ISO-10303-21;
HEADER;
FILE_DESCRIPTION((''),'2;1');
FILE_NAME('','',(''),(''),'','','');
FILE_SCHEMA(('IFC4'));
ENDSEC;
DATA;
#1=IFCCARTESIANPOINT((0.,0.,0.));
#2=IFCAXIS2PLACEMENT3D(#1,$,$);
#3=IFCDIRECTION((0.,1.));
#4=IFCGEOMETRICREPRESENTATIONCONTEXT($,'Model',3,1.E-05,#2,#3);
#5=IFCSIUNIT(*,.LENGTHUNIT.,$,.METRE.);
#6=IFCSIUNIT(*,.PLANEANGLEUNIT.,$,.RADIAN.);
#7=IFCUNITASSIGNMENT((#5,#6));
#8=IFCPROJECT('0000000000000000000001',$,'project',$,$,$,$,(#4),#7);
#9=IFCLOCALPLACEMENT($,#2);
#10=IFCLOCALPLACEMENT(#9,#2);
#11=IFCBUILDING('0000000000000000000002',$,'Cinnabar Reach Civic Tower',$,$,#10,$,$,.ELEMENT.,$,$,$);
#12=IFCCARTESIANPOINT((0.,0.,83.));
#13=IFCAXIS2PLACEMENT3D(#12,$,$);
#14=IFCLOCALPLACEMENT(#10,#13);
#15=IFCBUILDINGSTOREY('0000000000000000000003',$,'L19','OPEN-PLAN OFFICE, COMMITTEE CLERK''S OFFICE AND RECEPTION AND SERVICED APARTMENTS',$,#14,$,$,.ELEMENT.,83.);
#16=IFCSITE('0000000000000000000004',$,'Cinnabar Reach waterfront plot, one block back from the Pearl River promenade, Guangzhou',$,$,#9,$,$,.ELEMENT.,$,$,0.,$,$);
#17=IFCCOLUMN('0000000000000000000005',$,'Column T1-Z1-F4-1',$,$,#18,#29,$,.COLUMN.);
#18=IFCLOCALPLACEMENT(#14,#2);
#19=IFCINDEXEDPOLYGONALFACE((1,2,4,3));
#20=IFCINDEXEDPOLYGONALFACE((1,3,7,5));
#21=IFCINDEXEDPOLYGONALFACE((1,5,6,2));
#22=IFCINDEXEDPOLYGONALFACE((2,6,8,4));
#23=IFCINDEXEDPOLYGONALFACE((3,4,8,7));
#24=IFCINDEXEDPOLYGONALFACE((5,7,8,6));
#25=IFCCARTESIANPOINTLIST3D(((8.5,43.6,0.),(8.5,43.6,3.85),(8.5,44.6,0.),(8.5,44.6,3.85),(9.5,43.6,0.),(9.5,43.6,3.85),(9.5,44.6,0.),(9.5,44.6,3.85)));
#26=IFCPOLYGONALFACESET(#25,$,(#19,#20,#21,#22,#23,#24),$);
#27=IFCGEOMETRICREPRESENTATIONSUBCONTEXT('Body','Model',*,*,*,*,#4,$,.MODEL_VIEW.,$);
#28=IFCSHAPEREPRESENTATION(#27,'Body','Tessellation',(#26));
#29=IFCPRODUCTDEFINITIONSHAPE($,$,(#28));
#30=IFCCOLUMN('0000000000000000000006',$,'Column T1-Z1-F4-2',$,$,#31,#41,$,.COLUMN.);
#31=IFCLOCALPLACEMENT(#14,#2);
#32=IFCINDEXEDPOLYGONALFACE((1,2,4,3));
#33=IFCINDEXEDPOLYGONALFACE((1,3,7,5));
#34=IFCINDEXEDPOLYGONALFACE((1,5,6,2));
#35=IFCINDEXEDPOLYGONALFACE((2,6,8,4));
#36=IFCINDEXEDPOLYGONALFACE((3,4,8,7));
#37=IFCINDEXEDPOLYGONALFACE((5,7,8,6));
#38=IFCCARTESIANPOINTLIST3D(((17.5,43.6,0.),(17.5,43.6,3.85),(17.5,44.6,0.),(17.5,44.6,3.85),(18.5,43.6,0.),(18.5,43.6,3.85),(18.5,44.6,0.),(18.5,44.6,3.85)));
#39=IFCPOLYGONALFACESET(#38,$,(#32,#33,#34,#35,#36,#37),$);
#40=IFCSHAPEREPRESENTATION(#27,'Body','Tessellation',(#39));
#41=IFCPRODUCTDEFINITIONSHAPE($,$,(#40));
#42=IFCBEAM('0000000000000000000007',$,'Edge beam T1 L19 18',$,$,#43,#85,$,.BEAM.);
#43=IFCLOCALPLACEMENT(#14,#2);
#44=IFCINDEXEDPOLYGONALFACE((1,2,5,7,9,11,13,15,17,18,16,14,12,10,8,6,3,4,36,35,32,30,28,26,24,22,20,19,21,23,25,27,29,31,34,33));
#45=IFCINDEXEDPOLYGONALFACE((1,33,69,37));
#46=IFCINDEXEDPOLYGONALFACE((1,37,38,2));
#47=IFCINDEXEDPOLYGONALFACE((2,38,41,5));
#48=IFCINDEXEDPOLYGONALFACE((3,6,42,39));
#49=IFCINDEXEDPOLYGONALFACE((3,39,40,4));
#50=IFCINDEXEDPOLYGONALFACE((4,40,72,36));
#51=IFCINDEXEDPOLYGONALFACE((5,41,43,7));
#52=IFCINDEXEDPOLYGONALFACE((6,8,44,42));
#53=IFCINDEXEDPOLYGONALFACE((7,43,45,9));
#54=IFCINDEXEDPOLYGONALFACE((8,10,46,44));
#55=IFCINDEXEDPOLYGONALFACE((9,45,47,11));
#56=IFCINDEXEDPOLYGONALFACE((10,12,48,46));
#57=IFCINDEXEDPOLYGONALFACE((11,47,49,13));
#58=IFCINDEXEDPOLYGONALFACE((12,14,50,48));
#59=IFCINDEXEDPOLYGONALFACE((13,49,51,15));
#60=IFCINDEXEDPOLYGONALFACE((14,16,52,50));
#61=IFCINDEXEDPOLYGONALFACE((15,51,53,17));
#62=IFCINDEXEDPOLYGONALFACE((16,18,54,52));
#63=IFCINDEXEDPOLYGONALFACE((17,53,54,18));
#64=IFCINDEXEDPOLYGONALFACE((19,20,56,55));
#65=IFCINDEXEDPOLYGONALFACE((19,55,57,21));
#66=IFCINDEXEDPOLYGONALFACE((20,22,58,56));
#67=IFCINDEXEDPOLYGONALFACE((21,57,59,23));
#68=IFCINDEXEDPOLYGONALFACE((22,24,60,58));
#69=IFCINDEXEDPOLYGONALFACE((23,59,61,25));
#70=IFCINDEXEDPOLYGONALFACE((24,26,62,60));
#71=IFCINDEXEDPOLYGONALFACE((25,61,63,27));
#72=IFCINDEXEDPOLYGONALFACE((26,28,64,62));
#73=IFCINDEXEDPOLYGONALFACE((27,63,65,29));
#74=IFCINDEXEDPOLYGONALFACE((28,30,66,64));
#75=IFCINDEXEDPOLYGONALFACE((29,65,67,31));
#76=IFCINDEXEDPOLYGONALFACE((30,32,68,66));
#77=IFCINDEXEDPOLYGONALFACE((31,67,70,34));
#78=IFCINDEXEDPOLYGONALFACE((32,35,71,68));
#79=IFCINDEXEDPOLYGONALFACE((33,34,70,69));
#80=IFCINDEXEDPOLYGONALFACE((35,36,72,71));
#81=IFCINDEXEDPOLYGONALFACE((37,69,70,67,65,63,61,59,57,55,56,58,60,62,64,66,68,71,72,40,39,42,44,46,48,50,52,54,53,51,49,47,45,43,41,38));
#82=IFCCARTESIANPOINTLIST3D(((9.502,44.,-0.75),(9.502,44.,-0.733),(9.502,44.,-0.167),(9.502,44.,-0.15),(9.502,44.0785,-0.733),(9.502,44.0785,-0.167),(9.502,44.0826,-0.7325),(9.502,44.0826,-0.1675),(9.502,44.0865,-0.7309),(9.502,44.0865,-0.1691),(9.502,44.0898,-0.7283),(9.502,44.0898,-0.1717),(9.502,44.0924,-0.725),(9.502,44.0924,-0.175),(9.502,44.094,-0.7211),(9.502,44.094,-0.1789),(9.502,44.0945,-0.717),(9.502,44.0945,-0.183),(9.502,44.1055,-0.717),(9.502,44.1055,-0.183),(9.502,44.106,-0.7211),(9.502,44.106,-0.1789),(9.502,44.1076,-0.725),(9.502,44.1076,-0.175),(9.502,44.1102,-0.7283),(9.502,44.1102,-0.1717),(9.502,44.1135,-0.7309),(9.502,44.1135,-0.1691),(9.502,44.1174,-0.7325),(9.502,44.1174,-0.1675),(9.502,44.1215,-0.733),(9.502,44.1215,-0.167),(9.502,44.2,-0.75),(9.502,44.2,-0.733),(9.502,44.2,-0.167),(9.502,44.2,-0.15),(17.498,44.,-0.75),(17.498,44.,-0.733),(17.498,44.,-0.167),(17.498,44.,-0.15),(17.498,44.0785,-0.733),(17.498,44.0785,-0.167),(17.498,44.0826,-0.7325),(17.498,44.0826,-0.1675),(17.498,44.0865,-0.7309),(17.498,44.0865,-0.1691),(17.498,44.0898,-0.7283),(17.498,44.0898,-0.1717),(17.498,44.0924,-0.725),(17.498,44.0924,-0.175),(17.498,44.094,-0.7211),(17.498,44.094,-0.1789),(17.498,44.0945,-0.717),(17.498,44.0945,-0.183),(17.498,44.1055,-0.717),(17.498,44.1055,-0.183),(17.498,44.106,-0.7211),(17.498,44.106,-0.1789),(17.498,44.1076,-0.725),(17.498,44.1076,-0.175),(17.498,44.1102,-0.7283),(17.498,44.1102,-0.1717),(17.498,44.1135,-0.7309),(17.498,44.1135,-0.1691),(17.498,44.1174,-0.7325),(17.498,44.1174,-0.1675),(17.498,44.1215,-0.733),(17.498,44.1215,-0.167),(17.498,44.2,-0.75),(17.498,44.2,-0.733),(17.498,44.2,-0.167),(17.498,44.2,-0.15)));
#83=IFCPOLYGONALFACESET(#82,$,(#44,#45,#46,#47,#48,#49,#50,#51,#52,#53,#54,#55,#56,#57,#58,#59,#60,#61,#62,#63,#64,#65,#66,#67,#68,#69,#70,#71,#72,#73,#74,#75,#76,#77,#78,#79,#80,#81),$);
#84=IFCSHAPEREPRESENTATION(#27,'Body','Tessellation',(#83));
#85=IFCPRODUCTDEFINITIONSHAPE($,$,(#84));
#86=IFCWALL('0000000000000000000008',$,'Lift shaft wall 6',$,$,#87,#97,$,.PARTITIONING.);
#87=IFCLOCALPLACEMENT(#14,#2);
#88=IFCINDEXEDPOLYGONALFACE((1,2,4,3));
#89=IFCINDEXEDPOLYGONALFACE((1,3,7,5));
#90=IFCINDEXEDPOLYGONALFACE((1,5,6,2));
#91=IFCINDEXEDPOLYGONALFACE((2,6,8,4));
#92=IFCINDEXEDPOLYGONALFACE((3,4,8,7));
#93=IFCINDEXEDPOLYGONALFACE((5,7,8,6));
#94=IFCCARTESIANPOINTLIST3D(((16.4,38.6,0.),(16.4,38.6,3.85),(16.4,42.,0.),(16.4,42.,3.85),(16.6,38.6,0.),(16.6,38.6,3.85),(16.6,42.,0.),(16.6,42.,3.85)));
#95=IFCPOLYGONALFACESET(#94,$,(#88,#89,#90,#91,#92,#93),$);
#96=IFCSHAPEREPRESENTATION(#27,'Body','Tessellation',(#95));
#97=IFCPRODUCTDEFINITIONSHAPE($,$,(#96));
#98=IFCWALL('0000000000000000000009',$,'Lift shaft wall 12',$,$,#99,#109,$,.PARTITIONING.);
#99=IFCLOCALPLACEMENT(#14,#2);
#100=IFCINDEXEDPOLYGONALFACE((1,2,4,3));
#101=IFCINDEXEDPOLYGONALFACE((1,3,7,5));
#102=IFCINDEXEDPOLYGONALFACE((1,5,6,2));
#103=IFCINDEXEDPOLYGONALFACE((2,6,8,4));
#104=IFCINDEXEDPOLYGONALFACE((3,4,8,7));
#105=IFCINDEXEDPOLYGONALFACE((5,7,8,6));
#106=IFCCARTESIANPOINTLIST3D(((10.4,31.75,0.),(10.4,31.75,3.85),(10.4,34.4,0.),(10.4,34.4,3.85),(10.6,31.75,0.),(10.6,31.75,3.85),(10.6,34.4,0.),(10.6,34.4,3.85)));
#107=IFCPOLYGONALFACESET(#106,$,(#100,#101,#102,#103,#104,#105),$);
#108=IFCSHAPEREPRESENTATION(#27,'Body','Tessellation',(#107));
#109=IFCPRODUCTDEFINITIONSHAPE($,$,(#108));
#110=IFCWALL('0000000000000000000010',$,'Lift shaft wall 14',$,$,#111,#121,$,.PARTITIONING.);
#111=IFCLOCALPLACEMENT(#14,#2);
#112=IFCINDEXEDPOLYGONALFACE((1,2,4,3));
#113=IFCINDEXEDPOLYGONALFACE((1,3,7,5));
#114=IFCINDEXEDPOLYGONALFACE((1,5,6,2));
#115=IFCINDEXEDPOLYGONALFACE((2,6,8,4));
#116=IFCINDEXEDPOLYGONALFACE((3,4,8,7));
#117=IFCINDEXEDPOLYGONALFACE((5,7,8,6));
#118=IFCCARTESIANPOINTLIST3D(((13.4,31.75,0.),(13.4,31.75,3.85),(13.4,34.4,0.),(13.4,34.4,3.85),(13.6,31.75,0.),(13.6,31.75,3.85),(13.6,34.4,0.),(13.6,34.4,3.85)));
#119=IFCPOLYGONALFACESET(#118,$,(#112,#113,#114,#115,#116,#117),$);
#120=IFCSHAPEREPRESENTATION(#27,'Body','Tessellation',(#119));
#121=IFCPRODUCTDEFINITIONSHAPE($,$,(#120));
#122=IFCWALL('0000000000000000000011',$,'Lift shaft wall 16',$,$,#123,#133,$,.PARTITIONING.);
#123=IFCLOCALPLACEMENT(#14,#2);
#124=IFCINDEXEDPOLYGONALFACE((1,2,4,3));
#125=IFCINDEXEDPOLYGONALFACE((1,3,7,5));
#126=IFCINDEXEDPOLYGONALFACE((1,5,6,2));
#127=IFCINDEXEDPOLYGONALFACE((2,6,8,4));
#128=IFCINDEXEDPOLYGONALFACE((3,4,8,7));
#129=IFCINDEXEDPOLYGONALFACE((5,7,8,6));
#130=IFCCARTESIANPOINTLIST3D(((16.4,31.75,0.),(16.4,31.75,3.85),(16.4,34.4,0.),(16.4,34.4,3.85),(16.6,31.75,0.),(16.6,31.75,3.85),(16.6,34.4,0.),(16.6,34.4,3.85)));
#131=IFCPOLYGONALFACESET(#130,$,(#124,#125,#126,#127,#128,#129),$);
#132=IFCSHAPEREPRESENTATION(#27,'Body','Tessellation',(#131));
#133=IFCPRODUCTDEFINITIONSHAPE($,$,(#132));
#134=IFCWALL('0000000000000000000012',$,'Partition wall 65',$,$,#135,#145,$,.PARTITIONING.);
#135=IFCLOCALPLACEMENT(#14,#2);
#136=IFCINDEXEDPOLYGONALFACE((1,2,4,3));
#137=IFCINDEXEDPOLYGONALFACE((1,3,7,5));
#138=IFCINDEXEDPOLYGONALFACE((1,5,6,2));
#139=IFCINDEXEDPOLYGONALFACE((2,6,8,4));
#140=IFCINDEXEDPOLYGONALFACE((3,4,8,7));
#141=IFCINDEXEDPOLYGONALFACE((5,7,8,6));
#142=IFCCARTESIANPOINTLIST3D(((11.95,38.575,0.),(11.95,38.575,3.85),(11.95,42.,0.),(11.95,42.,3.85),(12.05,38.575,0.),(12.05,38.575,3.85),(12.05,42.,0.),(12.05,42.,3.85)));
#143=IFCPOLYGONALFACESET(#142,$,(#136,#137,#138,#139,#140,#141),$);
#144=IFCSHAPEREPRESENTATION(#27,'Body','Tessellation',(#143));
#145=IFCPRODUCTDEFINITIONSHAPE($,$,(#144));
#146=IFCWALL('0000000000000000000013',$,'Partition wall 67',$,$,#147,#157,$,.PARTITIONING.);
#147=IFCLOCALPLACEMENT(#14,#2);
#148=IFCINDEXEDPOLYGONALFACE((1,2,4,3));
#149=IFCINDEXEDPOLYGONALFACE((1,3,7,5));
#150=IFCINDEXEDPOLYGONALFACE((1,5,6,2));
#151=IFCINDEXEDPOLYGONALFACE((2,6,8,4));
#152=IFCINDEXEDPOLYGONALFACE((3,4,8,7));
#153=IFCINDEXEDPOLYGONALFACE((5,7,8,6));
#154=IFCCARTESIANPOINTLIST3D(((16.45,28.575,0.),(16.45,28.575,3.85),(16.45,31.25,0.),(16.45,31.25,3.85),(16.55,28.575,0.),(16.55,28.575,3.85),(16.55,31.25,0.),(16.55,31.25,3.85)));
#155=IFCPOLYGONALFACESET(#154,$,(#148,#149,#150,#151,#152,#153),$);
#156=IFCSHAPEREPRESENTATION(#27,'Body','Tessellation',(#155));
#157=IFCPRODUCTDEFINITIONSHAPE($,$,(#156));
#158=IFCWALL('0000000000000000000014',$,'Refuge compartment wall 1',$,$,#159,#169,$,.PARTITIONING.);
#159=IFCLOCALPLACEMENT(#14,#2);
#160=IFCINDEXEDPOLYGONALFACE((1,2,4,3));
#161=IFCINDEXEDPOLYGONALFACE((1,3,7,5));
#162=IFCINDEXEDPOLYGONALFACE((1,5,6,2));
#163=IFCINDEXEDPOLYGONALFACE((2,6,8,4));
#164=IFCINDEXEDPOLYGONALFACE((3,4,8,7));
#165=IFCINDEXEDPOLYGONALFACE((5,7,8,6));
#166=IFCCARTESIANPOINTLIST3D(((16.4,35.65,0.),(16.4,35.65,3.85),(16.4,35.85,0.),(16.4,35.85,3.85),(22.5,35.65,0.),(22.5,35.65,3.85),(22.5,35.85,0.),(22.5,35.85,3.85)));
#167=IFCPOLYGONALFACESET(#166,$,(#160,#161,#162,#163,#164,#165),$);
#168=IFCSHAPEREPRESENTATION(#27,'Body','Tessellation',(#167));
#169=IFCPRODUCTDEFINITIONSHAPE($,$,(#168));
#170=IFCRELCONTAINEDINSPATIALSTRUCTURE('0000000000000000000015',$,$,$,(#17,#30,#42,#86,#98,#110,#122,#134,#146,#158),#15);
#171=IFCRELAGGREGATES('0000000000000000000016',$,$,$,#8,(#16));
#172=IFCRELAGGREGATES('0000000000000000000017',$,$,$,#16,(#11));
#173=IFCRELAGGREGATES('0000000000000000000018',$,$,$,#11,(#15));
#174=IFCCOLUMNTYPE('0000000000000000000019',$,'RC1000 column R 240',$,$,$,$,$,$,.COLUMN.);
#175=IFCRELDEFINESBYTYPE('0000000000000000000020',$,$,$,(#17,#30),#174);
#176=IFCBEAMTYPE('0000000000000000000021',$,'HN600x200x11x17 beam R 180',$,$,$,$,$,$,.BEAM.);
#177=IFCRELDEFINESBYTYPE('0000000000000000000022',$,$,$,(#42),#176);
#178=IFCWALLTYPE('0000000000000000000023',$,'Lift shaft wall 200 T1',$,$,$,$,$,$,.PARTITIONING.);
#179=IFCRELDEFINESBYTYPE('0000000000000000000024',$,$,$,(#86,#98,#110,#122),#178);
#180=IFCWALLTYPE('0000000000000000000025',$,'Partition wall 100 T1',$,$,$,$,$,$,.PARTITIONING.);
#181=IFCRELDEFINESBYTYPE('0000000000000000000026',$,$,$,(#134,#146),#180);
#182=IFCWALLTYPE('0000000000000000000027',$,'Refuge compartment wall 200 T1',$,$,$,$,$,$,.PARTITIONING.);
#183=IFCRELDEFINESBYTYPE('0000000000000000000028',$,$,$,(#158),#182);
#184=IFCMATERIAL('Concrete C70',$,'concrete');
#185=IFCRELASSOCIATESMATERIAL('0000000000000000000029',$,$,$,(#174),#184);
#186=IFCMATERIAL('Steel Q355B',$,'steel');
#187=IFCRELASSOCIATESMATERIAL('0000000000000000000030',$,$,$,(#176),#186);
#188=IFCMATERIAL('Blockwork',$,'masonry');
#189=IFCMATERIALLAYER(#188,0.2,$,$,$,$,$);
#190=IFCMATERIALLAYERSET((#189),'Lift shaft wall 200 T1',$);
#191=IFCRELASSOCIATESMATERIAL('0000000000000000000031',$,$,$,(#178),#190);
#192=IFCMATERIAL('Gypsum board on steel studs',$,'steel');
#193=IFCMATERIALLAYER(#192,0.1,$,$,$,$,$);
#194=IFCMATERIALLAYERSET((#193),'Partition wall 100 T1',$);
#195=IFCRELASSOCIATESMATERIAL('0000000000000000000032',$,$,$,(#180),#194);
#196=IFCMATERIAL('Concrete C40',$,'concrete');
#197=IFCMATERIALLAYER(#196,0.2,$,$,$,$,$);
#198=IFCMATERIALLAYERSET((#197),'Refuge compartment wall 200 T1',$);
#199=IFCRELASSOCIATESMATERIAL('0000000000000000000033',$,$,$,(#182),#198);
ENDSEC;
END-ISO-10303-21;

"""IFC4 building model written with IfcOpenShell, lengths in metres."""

from ifc_helpers import new_model, si_unit, direction, frame, frame_2d, origin, origin_2d, place, context, subcontext, project, spatial, rectangle, i_section, extrude, material, layer, layer_set, material_profile, profile_set, type_object, element, save


model = new_model("IFC4")

# Units and contexts
model_context = context("Model", 3, precision=1e-05, world=origin(), true_north=direction((0.0, 1.0)))
body_context = subcontext(model_context, "Body", "Model", "MODEL_VIEW")
ifc_project = project(units=[si_unit("LENGTHUNIT", "METRE"), si_unit("PLANEANGLEUNIT", "RADIAN")], contexts=[model_context])

# Site, building, storey
site_placement = place(None, origin())
site = spatial("IfcSite", under=ifc_project, at=site_placement, Name="Cinnabar Reach waterfront plot, one block back from the Pearl River promenade, Guangzhou", CompositionType="ELEMENT", RefElevation=0.0)
building_placement = place(site_placement, origin())
building = spatial("IfcBuilding", under=site, at=building_placement, Name="Cinnabar Reach Civic Tower", CompositionType="ELEMENT")
storey_placement = place(building_placement, frame((0.0, 0.0, 83.0)))
storey = spatial("IfcBuildingStorey", under=building, at=storey_placement, Name="L19", Description="OPEN-PLAN OFFICE, COMMITTEE CLERK'S OFFICE AND RECEPTION AND SERVICED APARTMENTS", CompositionType="ELEMENT", Elevation=83.0)

# Columns
ifc_material_1 = material(Name="Concrete C70", Category="concrete")
ifc_material_profile_1 = material_profile(ifc_material_1, rectangle(XDim=1.0, YDim=1.0, at=origin_2d()), Name="RC1000")
ifc_profile_set_1 = profile_set([ifc_material_profile_1], Name="Concrete C70")
column_type = type_object("IfcColumnType", Name="RC1000 column R 240", PredefinedType="COLUMN", material=ifc_profile_set_1)
for number, where, z_axis, x_axis, name in (
    (1, (9.0, 44.1, 0.0), (0.0, 0.0, 1.0), (1.0, 0.0, 0.0), "Column T1-Z1-F4-1"),
    (2, (18.0, 44.1, 0.0), (0.0, 0.0, 1.0), (1.0, 0.0, 0.0), "Column T1-Z1-F4-2"),
):
    element("IfcColumn", number, at=place(storey_placement, frame(where, z_axis=z_axis, x_axis=x_axis)), inside=storey, type_object=column_type, Name=name, PredefinedType="COLUMN", context=body_context, shape_type="SweptSolid", body=[
        extrude(rectangle(XDim=1.0, YDim=1.0, at=origin_2d()), origin(), (0.0, 0.0, 1.0), 3.85),
    ])

# Beam
ifc_material_2 = material(Name="Steel Q355B", Category="steel")
ifc_material_profile_2 = material_profile(ifc_material_2, i_section(OverallWidth=0.2, OverallDepth=0.6, WebThickness=0.011, FlangeThickness=0.017, FilletRadius=0.016, at=origin_2d()), Name="HN600x200x11x17")
ifc_profile_set_2 = profile_set([ifc_material_profile_2], Name="Steel Q355B")
beam_type = type_object("IfcBeamType", Name="HN600x200x11x17 beam R 180", PredefinedType="BEAM", material=ifc_profile_set_2)
beam_placement = place(storey_placement, frame((17.498, 44.1, -0.45), z_axis=(-1.0, 0.0, 0.0), x_axis=(0.0, -1.0, 0.0)))
element("IfcBeam", 3, at=beam_placement, inside=storey, type_object=beam_type, Name="Edge beam T1 L19 18", PredefinedType="BEAM", context=body_context, shape_type="SweptSolid", body=[
    extrude(i_section(OverallWidth=0.2, OverallDepth=0.6, WebThickness=0.011, FlangeThickness=0.017, FilletRadius=0.016, at=origin_2d()), origin(), (0.0, 0.0, 1.0), 7.996),
])

# Walls
ifc_material_3 = material(Name="Blockwork", Category="masonry")
ifc_layer_1 = layer(ifc_material_3, 0.2)
ifc_layer_set_1 = layer_set([ifc_layer_1], Name="Lift shaft wall 200 T1")
wall_type_1 = type_object("IfcWallType", Name="Lift shaft wall 200 T1", PredefinedType="PARTITIONING", material=ifc_layer_set_1)
wall_1_placement = place(storey_placement, frame((16.5, 38.6, 0.0), z_axis=(0.0, 0.0, 1.0), x_axis=(0.0, 1.0, 0.0)))
element("IfcWall", 4, at=wall_1_placement, inside=storey, type_object=wall_type_1, Name="Lift shaft wall 6", PredefinedType="PARTITIONING", context=body_context, shape_type="SweptSolid", body=[
    extrude(rectangle(XDim=3.4, YDim=0.2, at=frame_2d((1.7, 0.0))), origin(), (0.0, 0.0, 1.0), 3.85),
])
for number, where, z_axis, x_axis, name in (
    (5, (10.5, 31.75, 0.0), (0.0, 0.0, 1.0), (0.0, 1.0, 0.0), "Lift shaft wall 12"),
    (6, (13.5, 31.75, 0.0), (0.0, 0.0, 1.0), (0.0, 1.0, 0.0), "Lift shaft wall 14"),
    (7, (16.5, 31.75, 0.0), (0.0, 0.0, 1.0), (0.0, 1.0, 0.0), "Lift shaft wall 16"),
):
    element("IfcWall", number, at=place(storey_placement, frame(where, z_axis=z_axis, x_axis=x_axis)), inside=storey, type_object=wall_type_1, Name=name, PredefinedType="PARTITIONING", context=body_context, shape_type="SweptSolid", body=[
        extrude(rectangle(XDim=2.65, YDim=0.2, at=frame_2d((1.325, 0.0))), origin(), (0.0, 0.0, 1.0), 3.85),
    ])
ifc_material_4 = material(Name="Gypsum board on steel studs", Category="steel")
ifc_layer_2 = layer(ifc_material_4, 0.1)
ifc_layer_set_2 = layer_set([ifc_layer_2], Name="Partition wall 100 T1")
wall_type_2 = type_object("IfcWallType", Name="Partition wall 100 T1", PredefinedType="PARTITIONING", material=ifc_layer_set_2)
wall_2_placement = place(storey_placement, frame((12.0, 38.575, 0.0), z_axis=(0.0, 0.0, 1.0), x_axis=(0.0, 1.0, 0.0)))
element("IfcWall", 8, at=wall_2_placement, inside=storey, type_object=wall_type_2, Name="Partition wall 65", PredefinedType="PARTITIONING", context=body_context, shape_type="SweptSolid", body=[
    extrude(rectangle(XDim=3.425, YDim=0.1, at=frame_2d((1.7125, 0.0))), origin(), (0.0, 0.0, 1.0), 3.85),
])
wall_3_placement = place(storey_placement, frame((16.5, 28.575, 0.0), z_axis=(0.0, 0.0, 1.0), x_axis=(0.0, 1.0, 0.0)))
element("IfcWall", 9, at=wall_3_placement, inside=storey, type_object=wall_type_2, Name="Partition wall 67", PredefinedType="PARTITIONING", context=body_context, shape_type="SweptSolid", body=[
    extrude(rectangle(XDim=2.675, YDim=0.1, at=frame_2d((1.3375, 0.0))), origin(), (0.0, 0.0, 1.0), 3.85),
])
ifc_material_5 = material(Name="Concrete C40", Category="concrete")
ifc_layer_3 = layer(ifc_material_5, 0.2)
ifc_layer_set_3 = layer_set([ifc_layer_3], Name="Refuge compartment wall 200 T1")
wall_type_3 = type_object("IfcWallType", Name="Refuge compartment wall 200 T1", PredefinedType="PARTITIONING", material=ifc_layer_set_3)
wall_4_placement = place(storey_placement, frame((16.4, 35.75, 0.0), z_axis=(0.0, 0.0, 1.0), x_axis=(1.0, 0.0, 0.0)))
element("IfcWall", 10, at=wall_4_placement, inside=storey, type_object=wall_type_3, Name="Refuge compartment wall 1", PredefinedType="PARTITIONING", context=body_context, shape_type="SweptSolid", body=[
    extrude(rectangle(XDim=6.1, YDim=0.2, at=frame_2d((3.05, 0.0))), origin(), (0.0, 0.0, 1.0), 3.85),
])

save(model, "model.ifc")
